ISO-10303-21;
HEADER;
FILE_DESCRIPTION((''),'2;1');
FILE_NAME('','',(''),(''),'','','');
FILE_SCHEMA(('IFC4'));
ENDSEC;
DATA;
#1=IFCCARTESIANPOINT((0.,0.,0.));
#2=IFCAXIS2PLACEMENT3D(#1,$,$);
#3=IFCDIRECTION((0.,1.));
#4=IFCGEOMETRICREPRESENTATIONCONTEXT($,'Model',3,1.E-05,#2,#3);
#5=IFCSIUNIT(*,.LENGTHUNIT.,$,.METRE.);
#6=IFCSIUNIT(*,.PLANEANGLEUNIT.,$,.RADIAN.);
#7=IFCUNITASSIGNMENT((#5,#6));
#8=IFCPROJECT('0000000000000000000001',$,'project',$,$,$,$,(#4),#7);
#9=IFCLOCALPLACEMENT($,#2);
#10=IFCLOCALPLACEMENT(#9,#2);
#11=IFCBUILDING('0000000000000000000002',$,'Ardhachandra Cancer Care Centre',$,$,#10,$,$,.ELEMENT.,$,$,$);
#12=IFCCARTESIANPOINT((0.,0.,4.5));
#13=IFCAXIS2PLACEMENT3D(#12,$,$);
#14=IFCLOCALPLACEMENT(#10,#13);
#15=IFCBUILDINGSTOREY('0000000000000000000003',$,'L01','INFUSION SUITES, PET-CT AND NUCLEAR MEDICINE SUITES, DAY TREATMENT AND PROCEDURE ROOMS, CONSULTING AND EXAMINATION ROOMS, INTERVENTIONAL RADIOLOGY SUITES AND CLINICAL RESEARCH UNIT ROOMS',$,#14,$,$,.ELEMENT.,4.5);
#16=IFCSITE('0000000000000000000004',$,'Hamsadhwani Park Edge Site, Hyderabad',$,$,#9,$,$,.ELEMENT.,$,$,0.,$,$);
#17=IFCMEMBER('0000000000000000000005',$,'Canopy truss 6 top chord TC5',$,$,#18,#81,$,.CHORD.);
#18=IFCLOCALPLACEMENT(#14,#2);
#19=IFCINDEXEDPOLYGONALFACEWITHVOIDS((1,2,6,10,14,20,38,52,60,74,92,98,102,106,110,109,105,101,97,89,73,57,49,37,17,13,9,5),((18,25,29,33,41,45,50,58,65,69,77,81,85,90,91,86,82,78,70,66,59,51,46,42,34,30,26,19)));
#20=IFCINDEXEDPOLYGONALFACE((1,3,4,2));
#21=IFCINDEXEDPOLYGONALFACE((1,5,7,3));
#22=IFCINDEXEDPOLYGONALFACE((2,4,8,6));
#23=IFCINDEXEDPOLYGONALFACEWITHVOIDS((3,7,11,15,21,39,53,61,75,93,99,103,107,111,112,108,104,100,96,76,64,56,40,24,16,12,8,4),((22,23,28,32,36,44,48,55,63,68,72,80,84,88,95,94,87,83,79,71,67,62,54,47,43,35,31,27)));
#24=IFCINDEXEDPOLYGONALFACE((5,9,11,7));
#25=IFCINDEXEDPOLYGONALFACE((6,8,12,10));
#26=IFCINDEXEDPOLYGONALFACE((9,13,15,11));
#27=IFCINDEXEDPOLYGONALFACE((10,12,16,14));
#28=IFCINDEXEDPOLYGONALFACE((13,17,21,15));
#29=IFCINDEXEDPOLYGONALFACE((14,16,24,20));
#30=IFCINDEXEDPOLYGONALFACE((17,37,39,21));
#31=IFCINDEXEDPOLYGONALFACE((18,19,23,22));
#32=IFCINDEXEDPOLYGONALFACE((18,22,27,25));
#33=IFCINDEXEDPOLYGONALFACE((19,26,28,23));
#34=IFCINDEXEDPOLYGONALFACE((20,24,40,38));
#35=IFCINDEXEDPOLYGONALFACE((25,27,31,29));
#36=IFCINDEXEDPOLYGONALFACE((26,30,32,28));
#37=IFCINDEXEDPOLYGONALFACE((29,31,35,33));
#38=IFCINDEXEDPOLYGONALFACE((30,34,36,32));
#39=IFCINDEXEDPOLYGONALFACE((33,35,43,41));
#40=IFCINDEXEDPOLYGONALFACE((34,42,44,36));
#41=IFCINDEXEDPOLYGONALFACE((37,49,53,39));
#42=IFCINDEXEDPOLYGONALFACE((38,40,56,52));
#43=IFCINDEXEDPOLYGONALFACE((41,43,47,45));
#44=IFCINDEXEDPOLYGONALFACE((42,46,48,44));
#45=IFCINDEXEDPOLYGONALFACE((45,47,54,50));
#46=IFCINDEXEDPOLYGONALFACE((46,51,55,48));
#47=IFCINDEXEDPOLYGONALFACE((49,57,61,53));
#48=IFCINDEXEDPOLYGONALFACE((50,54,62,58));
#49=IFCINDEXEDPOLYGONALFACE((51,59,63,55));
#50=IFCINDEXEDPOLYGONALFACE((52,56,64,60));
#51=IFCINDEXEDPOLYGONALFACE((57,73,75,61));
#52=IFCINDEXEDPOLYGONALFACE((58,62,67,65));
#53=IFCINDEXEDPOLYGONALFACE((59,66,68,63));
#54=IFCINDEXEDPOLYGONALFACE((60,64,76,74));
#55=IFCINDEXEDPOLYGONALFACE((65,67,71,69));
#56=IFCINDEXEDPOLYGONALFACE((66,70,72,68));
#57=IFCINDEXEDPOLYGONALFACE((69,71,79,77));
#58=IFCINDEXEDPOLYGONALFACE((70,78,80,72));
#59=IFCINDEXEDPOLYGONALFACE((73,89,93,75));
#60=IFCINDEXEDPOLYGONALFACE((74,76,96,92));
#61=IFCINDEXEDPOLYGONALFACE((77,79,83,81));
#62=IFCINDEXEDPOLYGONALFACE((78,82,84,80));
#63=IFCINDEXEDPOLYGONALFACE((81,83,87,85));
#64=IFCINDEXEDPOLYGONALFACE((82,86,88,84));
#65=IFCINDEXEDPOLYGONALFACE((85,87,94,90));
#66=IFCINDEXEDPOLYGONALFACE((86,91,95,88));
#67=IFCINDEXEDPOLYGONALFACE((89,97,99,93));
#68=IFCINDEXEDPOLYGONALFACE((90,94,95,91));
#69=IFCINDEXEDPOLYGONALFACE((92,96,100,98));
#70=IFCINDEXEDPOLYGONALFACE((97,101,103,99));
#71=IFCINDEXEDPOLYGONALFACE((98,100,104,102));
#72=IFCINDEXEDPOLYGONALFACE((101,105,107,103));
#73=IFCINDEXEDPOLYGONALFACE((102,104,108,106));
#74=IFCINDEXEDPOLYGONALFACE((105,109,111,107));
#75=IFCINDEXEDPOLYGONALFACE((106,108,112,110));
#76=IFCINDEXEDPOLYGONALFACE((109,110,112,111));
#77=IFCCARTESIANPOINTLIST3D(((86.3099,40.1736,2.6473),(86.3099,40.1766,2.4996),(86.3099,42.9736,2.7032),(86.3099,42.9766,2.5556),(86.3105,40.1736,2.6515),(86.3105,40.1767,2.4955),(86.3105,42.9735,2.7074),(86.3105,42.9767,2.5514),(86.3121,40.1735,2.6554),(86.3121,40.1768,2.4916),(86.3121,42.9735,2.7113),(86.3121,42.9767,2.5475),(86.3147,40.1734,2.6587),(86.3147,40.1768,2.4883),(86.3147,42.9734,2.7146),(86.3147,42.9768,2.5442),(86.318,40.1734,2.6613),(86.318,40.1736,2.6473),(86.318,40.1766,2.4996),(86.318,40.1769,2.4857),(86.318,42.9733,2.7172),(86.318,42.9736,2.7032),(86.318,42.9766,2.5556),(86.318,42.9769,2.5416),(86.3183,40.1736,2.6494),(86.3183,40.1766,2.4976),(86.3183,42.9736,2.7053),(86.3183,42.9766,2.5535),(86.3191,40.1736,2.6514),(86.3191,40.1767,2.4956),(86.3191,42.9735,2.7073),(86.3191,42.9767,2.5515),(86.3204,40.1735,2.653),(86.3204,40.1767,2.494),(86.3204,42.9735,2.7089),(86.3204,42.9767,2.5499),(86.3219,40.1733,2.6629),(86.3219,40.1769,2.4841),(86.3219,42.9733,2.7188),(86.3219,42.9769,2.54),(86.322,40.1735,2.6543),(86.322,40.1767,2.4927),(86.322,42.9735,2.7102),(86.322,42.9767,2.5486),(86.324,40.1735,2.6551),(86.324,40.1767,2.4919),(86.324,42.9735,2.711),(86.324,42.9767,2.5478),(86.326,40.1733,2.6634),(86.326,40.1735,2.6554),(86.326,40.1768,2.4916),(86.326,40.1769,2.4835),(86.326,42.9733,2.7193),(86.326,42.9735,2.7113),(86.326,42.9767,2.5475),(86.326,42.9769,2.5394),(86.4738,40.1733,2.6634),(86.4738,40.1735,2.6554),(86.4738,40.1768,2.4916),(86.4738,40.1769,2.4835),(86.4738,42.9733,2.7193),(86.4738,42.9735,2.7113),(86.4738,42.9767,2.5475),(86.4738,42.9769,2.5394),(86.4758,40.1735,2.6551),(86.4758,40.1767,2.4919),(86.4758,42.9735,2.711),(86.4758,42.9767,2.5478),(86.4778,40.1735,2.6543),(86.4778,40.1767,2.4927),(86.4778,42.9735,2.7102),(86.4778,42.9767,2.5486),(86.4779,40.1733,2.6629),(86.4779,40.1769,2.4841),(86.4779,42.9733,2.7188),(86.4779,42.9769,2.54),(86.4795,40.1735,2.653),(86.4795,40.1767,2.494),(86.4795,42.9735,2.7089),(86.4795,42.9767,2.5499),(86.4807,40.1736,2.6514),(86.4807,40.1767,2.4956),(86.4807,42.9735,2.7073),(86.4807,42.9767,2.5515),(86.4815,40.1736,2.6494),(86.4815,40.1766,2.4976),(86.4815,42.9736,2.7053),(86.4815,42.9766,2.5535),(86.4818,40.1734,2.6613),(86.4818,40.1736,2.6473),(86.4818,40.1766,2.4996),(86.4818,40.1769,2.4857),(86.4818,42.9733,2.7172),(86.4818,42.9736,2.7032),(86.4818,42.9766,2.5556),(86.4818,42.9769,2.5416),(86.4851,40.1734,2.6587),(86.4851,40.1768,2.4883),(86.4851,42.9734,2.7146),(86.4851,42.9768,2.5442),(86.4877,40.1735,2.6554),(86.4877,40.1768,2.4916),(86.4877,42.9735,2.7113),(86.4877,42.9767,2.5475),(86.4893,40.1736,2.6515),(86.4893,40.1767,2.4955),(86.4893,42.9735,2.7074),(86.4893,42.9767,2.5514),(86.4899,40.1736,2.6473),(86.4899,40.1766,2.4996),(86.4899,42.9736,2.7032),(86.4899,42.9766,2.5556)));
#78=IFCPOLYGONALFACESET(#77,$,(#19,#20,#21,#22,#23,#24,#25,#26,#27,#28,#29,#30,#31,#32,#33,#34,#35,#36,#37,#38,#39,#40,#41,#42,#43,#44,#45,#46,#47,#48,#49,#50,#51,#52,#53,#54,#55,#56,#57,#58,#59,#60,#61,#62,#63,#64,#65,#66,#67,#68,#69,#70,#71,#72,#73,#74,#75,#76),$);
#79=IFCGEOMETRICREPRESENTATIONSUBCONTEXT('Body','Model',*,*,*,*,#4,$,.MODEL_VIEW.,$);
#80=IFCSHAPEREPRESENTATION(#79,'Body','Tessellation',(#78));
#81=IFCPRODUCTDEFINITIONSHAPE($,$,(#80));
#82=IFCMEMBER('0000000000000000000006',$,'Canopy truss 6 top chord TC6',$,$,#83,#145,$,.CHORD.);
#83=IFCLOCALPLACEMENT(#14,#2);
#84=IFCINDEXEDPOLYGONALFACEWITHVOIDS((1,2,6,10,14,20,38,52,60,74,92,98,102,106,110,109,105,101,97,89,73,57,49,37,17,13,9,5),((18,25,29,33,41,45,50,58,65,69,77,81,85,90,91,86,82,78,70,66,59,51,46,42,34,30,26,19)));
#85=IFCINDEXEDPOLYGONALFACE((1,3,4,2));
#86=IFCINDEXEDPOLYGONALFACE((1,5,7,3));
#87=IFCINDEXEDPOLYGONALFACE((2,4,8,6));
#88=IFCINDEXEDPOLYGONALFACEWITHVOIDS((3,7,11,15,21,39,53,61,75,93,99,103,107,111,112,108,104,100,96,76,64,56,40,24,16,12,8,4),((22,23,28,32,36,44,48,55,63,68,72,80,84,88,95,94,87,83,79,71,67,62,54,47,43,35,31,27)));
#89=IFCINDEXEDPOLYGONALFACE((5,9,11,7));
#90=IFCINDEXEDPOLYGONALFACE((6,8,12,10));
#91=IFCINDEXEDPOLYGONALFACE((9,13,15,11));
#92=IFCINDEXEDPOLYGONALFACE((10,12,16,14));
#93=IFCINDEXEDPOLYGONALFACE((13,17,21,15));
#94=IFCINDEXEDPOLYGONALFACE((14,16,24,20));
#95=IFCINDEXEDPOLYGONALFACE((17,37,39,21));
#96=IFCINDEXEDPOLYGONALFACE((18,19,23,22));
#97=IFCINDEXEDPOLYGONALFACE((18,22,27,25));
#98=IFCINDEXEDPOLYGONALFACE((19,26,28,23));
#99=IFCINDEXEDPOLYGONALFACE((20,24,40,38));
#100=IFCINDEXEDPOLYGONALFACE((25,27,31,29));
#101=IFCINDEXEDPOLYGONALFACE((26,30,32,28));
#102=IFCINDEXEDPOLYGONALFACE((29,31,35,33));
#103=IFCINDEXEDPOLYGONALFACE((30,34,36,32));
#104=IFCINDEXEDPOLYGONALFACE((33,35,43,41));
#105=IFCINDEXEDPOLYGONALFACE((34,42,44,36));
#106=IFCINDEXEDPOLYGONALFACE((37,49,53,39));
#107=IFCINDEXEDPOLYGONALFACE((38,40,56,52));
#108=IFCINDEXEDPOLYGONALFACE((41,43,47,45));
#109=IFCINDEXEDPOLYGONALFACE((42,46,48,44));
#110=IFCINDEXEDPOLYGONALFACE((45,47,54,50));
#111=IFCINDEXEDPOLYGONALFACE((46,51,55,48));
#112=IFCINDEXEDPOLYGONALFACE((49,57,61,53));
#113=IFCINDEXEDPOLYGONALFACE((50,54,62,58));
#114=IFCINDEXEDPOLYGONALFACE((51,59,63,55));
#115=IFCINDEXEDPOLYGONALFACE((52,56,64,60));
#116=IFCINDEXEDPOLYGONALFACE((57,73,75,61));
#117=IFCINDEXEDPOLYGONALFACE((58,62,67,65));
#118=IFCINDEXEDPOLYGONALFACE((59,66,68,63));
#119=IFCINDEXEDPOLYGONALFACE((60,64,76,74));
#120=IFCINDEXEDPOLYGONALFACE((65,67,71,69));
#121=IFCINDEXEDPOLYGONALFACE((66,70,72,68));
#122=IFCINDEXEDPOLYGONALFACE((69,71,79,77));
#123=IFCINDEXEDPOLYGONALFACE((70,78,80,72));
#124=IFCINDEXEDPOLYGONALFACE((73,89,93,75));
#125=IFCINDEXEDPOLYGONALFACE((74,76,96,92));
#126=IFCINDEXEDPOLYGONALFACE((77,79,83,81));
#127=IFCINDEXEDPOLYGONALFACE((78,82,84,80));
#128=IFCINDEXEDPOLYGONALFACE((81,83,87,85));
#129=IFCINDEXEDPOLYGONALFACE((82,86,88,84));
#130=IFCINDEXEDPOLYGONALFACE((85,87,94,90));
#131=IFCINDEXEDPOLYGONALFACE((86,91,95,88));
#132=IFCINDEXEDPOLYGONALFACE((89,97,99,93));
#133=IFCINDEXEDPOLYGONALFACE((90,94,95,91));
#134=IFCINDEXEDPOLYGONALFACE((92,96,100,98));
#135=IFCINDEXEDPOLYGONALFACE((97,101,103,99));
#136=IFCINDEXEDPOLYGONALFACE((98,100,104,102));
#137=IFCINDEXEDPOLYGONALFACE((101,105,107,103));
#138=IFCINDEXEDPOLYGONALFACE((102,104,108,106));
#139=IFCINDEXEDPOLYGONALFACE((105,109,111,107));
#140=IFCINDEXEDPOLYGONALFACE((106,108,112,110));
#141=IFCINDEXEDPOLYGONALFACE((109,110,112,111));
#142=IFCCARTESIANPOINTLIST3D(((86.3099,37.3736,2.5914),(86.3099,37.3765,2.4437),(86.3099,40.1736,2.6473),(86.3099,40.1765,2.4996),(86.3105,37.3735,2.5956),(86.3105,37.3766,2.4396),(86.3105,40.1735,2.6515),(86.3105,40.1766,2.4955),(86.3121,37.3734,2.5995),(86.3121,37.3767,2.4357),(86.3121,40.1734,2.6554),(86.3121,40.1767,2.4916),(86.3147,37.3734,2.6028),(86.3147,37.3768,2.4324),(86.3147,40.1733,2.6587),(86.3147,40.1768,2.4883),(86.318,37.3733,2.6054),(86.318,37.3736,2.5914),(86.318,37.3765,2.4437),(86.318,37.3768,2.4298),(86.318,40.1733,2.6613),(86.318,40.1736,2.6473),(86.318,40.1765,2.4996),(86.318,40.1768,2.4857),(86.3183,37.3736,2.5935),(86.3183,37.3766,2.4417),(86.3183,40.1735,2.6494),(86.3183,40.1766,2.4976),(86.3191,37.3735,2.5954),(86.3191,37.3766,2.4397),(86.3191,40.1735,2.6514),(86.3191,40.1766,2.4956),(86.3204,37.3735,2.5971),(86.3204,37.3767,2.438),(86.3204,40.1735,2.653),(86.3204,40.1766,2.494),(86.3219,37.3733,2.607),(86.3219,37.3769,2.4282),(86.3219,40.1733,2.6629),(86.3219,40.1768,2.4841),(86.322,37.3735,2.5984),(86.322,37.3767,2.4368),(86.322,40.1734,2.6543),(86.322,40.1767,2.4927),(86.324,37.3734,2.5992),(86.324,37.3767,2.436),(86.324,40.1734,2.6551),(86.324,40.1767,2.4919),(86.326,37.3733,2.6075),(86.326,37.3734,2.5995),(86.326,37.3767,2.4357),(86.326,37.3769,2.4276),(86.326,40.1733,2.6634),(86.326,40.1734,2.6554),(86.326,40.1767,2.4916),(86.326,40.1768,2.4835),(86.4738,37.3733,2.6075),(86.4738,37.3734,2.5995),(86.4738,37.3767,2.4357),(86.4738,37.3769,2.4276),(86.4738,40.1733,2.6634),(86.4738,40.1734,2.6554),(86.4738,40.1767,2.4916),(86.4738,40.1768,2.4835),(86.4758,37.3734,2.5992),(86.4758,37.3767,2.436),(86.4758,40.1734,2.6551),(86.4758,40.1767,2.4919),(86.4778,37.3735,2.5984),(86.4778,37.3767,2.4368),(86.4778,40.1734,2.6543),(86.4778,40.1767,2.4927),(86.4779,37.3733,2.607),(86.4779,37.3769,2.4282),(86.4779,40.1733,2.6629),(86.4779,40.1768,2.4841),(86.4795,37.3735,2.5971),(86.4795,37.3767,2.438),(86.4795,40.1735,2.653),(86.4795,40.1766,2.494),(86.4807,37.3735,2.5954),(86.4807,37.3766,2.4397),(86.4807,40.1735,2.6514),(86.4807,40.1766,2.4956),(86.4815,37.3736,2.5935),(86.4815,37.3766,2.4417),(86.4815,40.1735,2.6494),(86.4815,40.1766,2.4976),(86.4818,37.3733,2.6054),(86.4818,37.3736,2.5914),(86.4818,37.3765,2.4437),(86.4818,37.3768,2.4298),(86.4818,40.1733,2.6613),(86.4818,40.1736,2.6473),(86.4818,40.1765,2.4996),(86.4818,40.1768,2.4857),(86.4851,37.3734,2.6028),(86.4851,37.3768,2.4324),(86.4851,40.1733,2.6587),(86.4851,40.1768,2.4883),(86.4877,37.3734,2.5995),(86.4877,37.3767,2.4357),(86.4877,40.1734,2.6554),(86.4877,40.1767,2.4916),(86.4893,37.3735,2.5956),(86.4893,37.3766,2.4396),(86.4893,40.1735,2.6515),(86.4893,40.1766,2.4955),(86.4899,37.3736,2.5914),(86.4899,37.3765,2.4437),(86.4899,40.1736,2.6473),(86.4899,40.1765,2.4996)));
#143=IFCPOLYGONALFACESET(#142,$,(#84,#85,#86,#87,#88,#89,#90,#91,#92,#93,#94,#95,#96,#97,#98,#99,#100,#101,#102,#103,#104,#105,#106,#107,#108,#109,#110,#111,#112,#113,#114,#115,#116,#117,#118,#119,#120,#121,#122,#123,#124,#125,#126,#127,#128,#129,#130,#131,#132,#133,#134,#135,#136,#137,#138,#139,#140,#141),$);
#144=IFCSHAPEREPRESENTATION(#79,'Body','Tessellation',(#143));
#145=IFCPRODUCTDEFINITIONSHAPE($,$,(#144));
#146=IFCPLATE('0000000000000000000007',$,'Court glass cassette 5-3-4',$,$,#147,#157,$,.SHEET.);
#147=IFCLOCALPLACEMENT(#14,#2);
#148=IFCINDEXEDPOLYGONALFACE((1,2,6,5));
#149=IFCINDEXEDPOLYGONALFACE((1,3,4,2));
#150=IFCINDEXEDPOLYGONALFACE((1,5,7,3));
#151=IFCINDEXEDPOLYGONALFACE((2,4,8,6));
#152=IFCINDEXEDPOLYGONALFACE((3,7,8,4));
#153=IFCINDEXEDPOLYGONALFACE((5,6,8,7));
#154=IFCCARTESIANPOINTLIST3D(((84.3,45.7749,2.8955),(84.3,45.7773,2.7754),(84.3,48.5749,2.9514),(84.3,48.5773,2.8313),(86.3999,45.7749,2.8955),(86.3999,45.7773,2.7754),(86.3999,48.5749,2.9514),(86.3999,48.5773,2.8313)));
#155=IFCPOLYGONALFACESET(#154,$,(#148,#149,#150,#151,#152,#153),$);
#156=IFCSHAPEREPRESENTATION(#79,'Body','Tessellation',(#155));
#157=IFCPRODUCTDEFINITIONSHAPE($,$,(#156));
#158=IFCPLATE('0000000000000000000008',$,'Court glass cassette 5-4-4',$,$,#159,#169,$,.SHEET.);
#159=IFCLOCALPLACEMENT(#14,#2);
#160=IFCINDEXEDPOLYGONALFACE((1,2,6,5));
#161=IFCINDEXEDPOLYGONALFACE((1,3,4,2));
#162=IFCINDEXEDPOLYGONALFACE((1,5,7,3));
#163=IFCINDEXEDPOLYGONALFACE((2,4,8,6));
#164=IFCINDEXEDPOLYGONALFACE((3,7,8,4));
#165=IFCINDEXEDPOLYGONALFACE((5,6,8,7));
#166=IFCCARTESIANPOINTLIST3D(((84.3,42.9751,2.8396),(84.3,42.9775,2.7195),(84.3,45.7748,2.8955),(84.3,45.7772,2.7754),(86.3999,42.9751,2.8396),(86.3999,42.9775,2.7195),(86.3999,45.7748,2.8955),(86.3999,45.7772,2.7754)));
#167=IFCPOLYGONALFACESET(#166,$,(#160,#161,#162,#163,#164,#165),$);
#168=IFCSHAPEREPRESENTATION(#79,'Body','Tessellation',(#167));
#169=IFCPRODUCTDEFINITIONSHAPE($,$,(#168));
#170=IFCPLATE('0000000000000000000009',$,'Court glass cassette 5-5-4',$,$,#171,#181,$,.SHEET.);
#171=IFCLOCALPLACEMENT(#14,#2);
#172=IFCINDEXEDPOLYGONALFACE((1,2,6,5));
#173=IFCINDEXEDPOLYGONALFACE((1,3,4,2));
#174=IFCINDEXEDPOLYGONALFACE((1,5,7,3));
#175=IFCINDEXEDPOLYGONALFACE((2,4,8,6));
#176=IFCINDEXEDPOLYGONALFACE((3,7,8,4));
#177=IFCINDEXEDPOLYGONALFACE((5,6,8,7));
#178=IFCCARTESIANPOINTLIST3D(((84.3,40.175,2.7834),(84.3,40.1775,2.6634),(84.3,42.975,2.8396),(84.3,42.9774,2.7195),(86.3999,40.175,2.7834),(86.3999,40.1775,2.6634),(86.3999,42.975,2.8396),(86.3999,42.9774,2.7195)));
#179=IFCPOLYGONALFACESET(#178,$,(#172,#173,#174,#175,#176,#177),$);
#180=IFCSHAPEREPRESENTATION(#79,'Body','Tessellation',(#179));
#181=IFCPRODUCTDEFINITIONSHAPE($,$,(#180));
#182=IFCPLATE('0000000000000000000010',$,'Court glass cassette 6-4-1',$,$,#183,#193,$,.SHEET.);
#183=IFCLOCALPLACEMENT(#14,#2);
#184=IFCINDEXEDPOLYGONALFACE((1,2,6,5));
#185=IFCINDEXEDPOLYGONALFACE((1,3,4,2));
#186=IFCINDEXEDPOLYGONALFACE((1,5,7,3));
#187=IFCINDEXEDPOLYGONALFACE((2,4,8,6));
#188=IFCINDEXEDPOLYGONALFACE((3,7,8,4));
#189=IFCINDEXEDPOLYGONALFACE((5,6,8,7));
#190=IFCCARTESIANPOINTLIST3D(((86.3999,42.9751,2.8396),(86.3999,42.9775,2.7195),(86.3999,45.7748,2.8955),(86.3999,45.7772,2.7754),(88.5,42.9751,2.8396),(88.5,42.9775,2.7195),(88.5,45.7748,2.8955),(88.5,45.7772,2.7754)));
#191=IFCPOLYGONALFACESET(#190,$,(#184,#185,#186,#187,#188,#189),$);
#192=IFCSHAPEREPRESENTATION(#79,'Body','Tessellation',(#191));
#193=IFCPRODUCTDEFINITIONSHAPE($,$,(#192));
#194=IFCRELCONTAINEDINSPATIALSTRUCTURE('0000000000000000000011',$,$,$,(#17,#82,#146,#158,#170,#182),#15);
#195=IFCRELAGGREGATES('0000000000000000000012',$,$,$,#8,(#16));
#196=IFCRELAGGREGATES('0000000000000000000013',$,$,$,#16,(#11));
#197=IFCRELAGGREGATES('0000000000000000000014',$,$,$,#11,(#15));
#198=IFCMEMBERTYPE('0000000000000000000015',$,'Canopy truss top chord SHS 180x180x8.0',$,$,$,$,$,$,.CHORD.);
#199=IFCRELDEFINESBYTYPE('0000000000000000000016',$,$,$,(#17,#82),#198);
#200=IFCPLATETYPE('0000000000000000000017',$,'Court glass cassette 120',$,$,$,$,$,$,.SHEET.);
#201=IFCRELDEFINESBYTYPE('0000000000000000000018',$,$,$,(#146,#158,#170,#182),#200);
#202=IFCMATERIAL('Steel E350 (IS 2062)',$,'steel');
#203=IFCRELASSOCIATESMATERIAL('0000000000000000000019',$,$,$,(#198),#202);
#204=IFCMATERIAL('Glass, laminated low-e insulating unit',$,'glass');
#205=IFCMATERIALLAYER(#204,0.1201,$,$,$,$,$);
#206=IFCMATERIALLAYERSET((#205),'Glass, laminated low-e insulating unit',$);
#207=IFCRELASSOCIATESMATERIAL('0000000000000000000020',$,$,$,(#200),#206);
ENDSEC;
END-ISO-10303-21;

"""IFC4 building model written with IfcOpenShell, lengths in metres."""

from ifc_helpers import new_model, si_unit, direction, frame, origin, origin_2d, place, context, subcontext, project, spatial, polyline, hollow_rectangle, outline, extrude, material, layer, layer_set, material_profile, profile_set, type_object, element, save


model = new_model("IFC4")

# Units and contexts
model_context = context("Model", 3, precision=1e-05, world=origin(), true_north=direction((0.0, 1.0)))
body_context = subcontext(model_context, "Body", "Model", "MODEL_VIEW")
ifc_project = project(units=[si_unit("LENGTHUNIT", "METRE"), si_unit("PLANEANGLEUNIT", "RADIAN")], contexts=[model_context])

# Site, building, storey
site_placement = place(None, origin())
site = spatial("IfcSite", under=ifc_project, at=site_placement, Name="Hamsadhwani Park Edge Site, Hyderabad", CompositionType="ELEMENT", RefElevation=0.0)
building_placement = place(site_placement, origin())
building = spatial("IfcBuilding", under=site, at=building_placement, Name="Ardhachandra Cancer Care Centre", CompositionType="ELEMENT")
storey_placement = place(building_placement, frame((0.0, 0.0, 4.5)))
storey = spatial("IfcBuildingStorey", under=building, at=storey_placement, Name="L01", Description="INFUSION SUITES, PET-CT AND NUCLEAR MEDICINE SUITES, DAY TREATMENT AND PROCEDURE ROOMS, CONSULTING AND EXAMINATION ROOMS, INTERVENTIONAL RADIOLOGY SUITES AND CLINICAL RESEARCH UNIT ROOMS", CompositionType="ELEMENT", Elevation=4.5)

# Members
ifc_material_1 = material(Name="Steel E350 (IS 2062)", Category="steel")
ifc_material_profile_1 = material_profile(ifc_material_1, hollow_rectangle(XDim=0.1799, YDim=0.1799, WallThickness=0.0081, InnerFilletRadius=0.0081, OuterFilletRadius=0.0161, at=origin_2d()), Name="SHS 180x180x8.0")
ifc_profile_set_1 = profile_set([ifc_material_profile_1], Name="Steel E350 (IS 2062)")
member_type_1 = type_object("IfcMemberType", Name="Canopy truss top chord SHS 180x180x8.0", PredefinedType="CHORD", material=ifc_profile_set_1)
for number, where, z_axis, x_axis, name in (
    (1, (86.3999, 42.9751, 2.6294), (0.0, -0.999801, -0.019963), (1.0, 0.0, 0.0), "Canopy truss 6 top chord TC5"),
    (2, (86.3999, 40.175, 2.5735), (0.0, -0.999801, -0.019963), (1.0, 0.0, 0.0), "Canopy truss 6 top chord TC6"),
):
    element("IfcMember", number, at=place(storey_placement, frame(where, z_axis=z_axis, x_axis=x_axis)), inside=storey, type_object=member_type_1, Name=name, PredefinedType="CHORD", context=body_context, shape_type="SweptSolid", body=[
        extrude(hollow_rectangle(XDim=0.1799, YDim=0.1799, WallThickness=0.0081, InnerFilletRadius=0.0081, OuterFilletRadius=0.0161, at=origin_2d()), origin(), (0.0, 0.0, 1.0), 2.8005),
    ])

# Plates
ifc_material_2 = material(Name="Glass, laminated low-e insulating unit", Category="glass")
ifc_layer = layer(ifc_material_2, 0.1201)
ifc_layer_set = layer_set([ifc_layer], Name="Glass, laminated low-e insulating unit")
plate_type = type_object("IfcPlateType", Name="Court glass cassette 120", PredefinedType="SHEET", material=ifc_layer_set)
plate_1_placement = place(storey_placement, frame((84.3, 45.7749, 2.8955), z_axis=(0.0, -0.019963, 0.999801), x_axis=(0.0, 0.999801, 0.019963)))
element("IfcPlate", 3, at=plate_1_placement, inside=storey, type_object=plate_type, Name="Court glass cassette 5-3-4", PredefinedType="SHEET", context=body_context, shape_type="SweptSolid", body=[
    extrude(outline(polyline([(0.0, -2.0999), (2.8005, -2.0999), (2.8005, 0.0), (0.0, 0.0), (0.0, -2.0999)])), frame((0.0, 0.0, -0.1201)), (0.0, 0.0, 1.0), 0.1201),
])
plate_2_placement = place(storey_placement, frame((84.3, 42.9751, 2.8396), z_axis=(0.0, -0.019965, 0.999801), x_axis=(0.0, 0.999801, 0.019965)))
element("IfcPlate", 4, at=plate_2_placement, inside=storey, type_object=plate_type, Name="Court glass cassette 5-4-4", PredefinedType="SHEET", context=body_context, shape_type="SweptSolid", body=[
    extrude(outline(polyline([(0.0, -2.0999), (2.8003, -2.0999), (2.8003, 0.0), (0.0, 0.0), (0.0, -2.0999)])), frame((0.0, 0.0, -0.1201)), (0.0, 0.0, 1.0), 0.1201),
])
plate_3_placement = place(storey_placement, frame((84.3, 40.175, 2.7834), z_axis=(0.0, -0.02005, 0.999799), x_axis=(0.0, 0.999799, 0.02005)))
element("IfcPlate", 5, at=plate_3_placement, inside=storey, type_object=plate_type, Name="Court glass cassette 5-5-4", PredefinedType="SHEET", context=body_context, shape_type="SweptSolid", body=[
    extrude(outline(polyline([(0.0, -2.0999), (2.8005, -2.0999), (2.8005, 0.0), (0.0, 0.0), (0.0, -2.0999)])), frame((0.0, 0.0, -0.1201)), (0.0, 0.0, 1.0), 0.1201),
])
plate_4_placement = place(storey_placement, frame((86.3999, 42.9751, 2.8396), z_axis=(0.0, -0.019965, 0.999801), x_axis=(0.0, 0.999801, 0.019965)))
element("IfcPlate", 6, at=plate_4_placement, inside=storey, type_object=plate_type, Name="Court glass cassette 6-4-1", PredefinedType="SHEET", context=body_context, shape_type="SweptSolid", body=[
    extrude(outline(polyline([(0.0, -2.1001), (2.8003, -2.1001), (2.8003, 0.0), (0.0, 0.0), (0.0, -2.1001)])), frame((0.0, 0.0, -0.1201)), (0.0, 0.0, 1.0), 0.1201),
])

save(model, "model.ifc")
